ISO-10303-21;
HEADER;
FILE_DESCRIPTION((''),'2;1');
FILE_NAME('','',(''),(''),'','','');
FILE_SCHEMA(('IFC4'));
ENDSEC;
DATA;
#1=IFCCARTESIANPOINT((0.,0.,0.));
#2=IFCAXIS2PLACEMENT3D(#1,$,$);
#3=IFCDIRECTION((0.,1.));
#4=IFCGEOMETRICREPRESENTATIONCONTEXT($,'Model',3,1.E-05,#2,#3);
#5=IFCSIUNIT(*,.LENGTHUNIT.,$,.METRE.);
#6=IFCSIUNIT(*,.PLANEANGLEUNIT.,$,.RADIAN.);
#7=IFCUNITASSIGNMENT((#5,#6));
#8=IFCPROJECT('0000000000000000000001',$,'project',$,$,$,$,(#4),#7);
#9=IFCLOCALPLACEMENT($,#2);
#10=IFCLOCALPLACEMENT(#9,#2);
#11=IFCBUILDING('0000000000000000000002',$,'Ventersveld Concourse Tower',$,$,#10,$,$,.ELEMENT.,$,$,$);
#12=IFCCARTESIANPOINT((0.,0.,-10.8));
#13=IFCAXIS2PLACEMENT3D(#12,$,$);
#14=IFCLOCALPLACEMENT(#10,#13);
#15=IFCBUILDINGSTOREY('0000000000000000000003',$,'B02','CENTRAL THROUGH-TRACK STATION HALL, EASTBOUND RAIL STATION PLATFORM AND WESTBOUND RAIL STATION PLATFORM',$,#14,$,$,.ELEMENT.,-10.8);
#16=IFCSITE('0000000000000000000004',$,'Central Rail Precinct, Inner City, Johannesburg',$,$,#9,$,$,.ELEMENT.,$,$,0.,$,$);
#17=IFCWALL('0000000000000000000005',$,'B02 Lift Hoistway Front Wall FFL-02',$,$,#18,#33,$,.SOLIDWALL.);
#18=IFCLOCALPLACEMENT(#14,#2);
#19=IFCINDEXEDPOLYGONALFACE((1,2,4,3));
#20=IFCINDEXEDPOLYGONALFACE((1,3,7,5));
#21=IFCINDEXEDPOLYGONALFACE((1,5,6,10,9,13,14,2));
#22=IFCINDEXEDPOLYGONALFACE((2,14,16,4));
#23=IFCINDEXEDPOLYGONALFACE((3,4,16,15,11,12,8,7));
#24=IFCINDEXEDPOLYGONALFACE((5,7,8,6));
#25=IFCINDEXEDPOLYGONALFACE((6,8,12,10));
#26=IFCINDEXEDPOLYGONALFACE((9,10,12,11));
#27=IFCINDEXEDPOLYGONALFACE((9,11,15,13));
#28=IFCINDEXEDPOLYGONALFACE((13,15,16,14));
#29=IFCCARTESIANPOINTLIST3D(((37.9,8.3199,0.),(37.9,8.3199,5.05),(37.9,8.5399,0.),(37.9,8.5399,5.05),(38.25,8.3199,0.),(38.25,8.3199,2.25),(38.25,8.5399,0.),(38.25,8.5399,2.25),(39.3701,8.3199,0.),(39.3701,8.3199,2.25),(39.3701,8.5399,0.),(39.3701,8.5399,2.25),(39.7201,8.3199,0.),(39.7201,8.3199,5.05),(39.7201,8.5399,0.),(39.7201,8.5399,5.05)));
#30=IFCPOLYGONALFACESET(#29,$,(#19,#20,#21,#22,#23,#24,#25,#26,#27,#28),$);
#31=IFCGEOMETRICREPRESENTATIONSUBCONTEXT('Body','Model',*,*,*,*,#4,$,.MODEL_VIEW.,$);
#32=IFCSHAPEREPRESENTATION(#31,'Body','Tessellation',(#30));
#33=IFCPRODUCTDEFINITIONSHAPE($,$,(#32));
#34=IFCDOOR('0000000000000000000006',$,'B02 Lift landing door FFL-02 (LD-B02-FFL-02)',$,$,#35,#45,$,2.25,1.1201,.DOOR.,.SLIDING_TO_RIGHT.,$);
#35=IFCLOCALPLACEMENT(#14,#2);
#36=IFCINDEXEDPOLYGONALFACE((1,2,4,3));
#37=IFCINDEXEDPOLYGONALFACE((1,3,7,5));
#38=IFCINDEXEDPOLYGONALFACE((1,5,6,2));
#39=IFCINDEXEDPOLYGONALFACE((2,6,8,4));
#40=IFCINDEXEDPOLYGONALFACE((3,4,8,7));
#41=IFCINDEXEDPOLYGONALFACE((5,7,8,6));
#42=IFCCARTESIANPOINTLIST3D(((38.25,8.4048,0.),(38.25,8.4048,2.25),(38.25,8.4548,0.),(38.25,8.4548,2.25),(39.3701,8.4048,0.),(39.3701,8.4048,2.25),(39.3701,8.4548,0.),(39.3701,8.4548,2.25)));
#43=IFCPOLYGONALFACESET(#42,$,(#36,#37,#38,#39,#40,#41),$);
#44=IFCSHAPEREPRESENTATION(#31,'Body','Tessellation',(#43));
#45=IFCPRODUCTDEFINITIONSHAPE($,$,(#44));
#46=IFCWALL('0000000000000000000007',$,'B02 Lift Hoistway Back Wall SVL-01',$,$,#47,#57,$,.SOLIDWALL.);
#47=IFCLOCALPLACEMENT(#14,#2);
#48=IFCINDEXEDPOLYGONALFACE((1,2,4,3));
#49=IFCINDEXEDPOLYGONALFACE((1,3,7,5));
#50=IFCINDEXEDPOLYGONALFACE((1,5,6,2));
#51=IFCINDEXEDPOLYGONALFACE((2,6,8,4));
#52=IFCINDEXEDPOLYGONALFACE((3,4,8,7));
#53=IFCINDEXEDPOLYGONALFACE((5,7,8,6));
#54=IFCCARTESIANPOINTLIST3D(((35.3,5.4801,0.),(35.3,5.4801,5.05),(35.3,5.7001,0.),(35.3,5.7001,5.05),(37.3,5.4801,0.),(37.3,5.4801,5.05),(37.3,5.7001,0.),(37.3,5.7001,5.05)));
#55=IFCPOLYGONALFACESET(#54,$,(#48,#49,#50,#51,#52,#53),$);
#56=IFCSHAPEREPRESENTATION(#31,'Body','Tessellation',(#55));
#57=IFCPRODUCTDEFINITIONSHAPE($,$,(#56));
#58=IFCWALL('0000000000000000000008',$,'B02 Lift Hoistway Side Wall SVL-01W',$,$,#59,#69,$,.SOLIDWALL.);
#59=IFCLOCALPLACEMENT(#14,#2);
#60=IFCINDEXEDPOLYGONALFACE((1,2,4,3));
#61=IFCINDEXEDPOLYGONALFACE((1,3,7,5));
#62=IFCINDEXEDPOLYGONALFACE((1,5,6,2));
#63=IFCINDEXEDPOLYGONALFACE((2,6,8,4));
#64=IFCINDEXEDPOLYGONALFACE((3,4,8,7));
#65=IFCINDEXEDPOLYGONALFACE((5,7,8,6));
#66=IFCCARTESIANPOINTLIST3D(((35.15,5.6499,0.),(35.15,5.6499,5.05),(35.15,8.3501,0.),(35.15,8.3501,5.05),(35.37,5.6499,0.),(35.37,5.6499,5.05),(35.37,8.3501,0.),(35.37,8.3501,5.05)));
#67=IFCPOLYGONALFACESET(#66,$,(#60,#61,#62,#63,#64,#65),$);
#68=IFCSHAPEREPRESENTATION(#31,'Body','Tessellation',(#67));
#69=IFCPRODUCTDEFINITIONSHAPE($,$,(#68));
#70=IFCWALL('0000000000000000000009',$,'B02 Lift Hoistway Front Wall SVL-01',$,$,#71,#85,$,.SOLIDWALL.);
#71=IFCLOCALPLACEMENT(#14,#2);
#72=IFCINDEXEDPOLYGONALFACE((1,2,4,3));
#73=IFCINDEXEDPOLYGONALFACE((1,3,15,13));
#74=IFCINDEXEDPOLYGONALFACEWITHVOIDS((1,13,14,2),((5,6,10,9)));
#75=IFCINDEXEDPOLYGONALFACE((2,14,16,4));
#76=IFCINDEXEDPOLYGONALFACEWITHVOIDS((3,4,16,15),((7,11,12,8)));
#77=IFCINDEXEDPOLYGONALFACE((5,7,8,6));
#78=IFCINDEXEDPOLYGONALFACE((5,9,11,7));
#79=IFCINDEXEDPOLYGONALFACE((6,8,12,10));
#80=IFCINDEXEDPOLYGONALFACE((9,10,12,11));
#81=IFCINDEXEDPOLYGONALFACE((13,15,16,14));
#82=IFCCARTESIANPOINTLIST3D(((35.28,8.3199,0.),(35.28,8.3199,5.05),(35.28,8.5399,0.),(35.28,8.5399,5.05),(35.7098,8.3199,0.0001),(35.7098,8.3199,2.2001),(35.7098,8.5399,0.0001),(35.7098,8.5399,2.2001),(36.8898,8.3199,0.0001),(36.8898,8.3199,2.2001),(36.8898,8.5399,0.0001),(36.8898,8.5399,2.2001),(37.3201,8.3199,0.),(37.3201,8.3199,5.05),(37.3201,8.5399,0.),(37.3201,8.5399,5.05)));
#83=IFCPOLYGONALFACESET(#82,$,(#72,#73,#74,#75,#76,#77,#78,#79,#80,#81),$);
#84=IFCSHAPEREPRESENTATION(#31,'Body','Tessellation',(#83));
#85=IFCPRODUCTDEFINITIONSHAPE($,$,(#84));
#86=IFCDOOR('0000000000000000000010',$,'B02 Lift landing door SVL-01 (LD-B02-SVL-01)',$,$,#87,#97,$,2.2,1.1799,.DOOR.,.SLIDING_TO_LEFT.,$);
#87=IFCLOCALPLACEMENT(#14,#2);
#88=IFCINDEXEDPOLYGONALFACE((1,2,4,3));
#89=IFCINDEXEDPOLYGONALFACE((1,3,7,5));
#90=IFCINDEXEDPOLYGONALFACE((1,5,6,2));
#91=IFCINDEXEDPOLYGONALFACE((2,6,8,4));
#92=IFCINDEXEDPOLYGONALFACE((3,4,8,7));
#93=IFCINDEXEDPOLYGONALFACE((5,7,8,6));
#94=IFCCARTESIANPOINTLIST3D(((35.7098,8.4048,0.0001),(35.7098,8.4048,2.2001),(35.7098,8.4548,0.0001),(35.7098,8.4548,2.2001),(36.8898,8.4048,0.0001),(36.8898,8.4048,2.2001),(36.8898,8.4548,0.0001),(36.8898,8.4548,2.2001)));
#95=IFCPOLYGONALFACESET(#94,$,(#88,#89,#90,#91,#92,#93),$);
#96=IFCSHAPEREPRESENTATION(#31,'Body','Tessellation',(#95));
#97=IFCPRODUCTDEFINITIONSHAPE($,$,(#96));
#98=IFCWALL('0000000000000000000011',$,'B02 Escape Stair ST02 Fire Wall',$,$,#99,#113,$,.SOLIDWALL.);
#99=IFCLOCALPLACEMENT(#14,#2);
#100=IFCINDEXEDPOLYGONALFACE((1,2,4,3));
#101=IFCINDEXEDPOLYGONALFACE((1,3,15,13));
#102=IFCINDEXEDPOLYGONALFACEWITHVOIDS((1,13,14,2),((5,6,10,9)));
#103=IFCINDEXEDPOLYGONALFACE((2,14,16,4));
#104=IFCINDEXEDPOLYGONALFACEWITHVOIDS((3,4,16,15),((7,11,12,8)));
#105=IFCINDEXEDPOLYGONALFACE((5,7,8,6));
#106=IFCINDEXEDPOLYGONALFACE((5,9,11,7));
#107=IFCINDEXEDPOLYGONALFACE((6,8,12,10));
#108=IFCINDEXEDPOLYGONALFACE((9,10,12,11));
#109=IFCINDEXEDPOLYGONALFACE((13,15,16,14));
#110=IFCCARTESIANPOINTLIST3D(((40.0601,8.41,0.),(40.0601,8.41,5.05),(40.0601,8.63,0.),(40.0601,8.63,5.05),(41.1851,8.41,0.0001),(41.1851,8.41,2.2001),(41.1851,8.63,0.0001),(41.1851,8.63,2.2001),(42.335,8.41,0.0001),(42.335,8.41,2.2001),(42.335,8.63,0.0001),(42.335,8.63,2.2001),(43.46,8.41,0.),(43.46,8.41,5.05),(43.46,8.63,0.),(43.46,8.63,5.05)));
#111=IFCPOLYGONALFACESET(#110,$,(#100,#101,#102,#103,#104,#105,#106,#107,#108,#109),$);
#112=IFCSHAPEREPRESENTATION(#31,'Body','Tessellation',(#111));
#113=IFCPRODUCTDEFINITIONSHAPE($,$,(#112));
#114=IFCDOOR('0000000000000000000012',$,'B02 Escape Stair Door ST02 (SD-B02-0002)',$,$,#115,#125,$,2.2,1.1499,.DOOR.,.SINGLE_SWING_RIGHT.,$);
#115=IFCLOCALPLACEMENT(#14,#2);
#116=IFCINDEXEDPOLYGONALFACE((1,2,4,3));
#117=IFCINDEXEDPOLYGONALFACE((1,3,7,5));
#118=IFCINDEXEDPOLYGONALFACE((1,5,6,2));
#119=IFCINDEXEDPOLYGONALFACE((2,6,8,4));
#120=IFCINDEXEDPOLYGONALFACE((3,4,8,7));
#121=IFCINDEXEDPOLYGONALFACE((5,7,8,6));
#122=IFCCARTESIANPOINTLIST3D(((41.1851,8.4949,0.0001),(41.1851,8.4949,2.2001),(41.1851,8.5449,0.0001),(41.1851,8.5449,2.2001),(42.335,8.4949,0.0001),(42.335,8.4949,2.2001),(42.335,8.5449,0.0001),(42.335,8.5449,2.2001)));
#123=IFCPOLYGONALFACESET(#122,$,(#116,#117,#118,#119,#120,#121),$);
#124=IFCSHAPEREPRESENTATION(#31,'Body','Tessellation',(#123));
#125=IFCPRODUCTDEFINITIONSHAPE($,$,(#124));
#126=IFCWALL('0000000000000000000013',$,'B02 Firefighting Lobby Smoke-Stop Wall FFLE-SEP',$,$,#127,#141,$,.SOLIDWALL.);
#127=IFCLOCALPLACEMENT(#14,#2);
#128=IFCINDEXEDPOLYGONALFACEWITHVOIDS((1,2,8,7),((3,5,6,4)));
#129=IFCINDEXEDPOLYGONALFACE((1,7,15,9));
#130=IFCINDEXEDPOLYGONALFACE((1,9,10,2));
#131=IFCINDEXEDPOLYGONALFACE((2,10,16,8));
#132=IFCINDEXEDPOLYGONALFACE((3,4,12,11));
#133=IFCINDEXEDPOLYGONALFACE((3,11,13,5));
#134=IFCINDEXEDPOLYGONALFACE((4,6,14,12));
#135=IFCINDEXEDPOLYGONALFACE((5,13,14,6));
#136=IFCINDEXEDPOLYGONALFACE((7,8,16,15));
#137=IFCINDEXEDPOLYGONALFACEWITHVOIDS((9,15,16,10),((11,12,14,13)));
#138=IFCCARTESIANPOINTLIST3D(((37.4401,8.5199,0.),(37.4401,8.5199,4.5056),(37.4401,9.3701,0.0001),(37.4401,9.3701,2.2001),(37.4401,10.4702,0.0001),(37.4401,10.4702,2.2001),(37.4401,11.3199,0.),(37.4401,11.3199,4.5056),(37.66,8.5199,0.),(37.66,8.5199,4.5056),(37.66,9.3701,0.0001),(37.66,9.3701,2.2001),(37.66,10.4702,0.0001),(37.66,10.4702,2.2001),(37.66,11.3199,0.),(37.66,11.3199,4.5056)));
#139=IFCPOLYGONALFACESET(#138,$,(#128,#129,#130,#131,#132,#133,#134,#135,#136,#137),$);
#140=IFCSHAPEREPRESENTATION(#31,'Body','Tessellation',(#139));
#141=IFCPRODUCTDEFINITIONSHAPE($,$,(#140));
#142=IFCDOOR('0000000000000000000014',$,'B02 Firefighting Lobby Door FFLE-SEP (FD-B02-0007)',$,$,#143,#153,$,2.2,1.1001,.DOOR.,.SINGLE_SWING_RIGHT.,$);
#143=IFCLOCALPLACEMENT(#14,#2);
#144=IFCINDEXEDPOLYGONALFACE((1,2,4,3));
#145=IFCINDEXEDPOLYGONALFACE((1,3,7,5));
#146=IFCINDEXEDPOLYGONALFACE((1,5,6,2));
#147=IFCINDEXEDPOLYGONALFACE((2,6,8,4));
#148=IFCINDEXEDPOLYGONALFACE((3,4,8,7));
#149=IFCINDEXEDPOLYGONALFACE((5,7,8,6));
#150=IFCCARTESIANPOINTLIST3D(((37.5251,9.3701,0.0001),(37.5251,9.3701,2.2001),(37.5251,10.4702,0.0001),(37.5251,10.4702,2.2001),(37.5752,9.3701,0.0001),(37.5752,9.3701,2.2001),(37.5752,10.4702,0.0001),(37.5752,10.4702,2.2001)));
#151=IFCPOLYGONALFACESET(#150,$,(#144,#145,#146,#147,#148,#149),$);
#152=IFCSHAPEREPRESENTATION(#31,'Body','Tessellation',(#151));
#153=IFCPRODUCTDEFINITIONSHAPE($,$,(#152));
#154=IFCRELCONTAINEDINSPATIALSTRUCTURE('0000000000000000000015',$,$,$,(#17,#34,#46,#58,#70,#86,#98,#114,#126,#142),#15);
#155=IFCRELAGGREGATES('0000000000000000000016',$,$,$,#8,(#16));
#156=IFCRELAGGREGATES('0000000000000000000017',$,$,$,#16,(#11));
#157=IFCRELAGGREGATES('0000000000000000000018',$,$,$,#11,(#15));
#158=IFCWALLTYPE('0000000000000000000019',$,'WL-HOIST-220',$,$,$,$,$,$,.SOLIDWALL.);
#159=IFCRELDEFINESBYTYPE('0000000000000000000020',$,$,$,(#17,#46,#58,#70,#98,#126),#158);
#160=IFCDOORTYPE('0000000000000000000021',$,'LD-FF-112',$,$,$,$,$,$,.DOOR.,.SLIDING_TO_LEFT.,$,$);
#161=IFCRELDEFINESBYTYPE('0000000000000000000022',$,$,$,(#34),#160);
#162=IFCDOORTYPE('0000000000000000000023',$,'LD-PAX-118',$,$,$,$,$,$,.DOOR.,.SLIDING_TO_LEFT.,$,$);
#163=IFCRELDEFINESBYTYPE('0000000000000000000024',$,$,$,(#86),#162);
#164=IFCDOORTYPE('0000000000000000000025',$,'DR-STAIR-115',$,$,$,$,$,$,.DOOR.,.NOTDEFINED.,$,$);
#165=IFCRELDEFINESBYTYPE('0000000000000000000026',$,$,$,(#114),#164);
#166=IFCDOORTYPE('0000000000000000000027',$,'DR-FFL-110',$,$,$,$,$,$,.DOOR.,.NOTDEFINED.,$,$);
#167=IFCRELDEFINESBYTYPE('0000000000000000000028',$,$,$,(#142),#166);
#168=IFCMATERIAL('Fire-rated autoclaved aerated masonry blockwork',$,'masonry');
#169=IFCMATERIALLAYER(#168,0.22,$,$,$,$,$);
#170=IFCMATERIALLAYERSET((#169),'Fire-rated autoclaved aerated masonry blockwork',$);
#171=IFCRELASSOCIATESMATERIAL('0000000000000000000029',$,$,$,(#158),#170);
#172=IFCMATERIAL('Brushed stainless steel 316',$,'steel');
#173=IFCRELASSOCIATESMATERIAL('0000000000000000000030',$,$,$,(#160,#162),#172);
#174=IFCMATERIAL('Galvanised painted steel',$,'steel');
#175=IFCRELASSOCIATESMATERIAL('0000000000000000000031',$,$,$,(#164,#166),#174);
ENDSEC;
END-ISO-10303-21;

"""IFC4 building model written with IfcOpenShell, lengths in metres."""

from ifc_helpers import new_model, si_unit, direction, frame, frame_2d, origin, place, context, subcontext, project, spatial, rectangle, extrude, material, layer, layer_set, type_object, element, fill, save


model = new_model("IFC4")

# Units and contexts
model_context = context("Model", 3, precision=1e-05, world=origin(), true_north=direction((0.0, 1.0)))
body_context = subcontext(model_context, "Body", "Model", "MODEL_VIEW")
ifc_project = project(units=[si_unit("LENGTHUNIT", "METRE"), si_unit("PLANEANGLEUNIT", "RADIAN")], contexts=[model_context])

# Site, building, storey
site_placement = place(None, origin())
site = spatial("IfcSite", under=ifc_project, at=site_placement, Name="Central Rail Precinct, Inner City, Johannesburg", CompositionType="ELEMENT", RefElevation=0.0)
building_placement = place(site_placement, origin())
building = spatial("IfcBuilding", under=site, at=building_placement, Name="Ventersveld Concourse Tower", CompositionType="ELEMENT")
storey_placement = place(building_placement, frame((0.0, 0.0, -10.8)))
storey = spatial("IfcBuildingStorey", under=building, at=storey_placement, Name="B02", Description="CENTRAL THROUGH-TRACK STATION HALL, EASTBOUND RAIL STATION PLATFORM AND WESTBOUND RAIL STATION PLATFORM", CompositionType="ELEMENT", Elevation=-10.8)

# Shared definitions
ifc_material_1 = material(Name="Fire-rated autoclaved aerated masonry blockwork", Category="masonry")
ifc_layer_1 = layer(ifc_material_1, 0.22)
ifc_layer_set_1 = layer_set([ifc_layer_1], Name="Fire-rated autoclaved aerated masonry blockwork")
wall_type_1 = type_object("IfcWallType", Name="WL-HOIST-220", PredefinedType="SOLIDWALL", material=ifc_layer_set_1)

# Wall, opening, door
wall_1_placement = place(storey_placement, frame((37.8999, 8.4299, 0.0), z_axis=(0.0, 0.0, 1.0), x_axis=(1.0, 0.0, 0.0)))
wall_1 = element("IfcWall", 1, at=wall_1_placement, inside=storey, type_object=wall_type_1, Name="B02 Lift Hoistway Front Wall FFL-02", PredefinedType="SOLIDWALL", context=body_context, shape_type="SweptSolid", body=[
    extrude(rectangle(XDim=1.8201, YDim=0.22, at=frame_2d((0.9102, 0.0))), origin(), (0.0, 0.0, 1.0), 5.05),
])
opening_1_placement = place(wall_1_placement, frame((0.3501, 0.0, 0.0)))
opening_1 = element("IfcOpeningElement", 2, at=opening_1_placement, cuts=wall_1, PredefinedType="OPENING", context=body_context, shape_type="SweptSolid", body=[
    extrude(rectangle(XDim=1.1201, YDim=2.25, at=frame_2d((0.5601, 1.125))), frame((0.0, 0.1201, 0.0), z_axis=(0.0, -1.0, 0.0), x_axis=(1.0, 0.0, 0.0)), (0.0, 0.0, 1.0), 0.24),
])
ifc_material_2 = material(Name="Brushed stainless steel 316", Category="steel")
door_type_1 = type_object("IfcDoorType", Name="LD-FF-112", OperationType="SLIDING_TO_LEFT", PredefinedType="DOOR", material=ifc_material_2)
door_1_placement = place(opening_1_placement, origin())
door_1 = element("IfcDoor", 3, at=door_1_placement, inside=storey, type_object=door_type_1, Name="B02 Lift landing door FFL-02 (LD-B02-FFL-02)", OperationType="SLIDING_TO_RIGHT", OverallHeight=2.25, OverallWidth=1.1201, PredefinedType="DOOR", context=body_context, shape_type="SweptSolid", body=[
    extrude(rectangle(XDim=1.1201, YDim=2.25, at=frame_2d((0.5601, 1.125))), frame((0.0, 0.0249, 0.0), z_axis=(0.0, -1.0, 0.0), x_axis=(1.0, 0.0, 0.0)), (0.0, 0.0, 1.0), 0.05),
])
fill(opening_1, door_1)

# Walls
wall_2_placement = place(storey_placement, frame((35.3, 5.5901, 0.0), z_axis=(0.0, 0.0, 1.0), x_axis=(1.0, 0.0, 0.0)))
element("IfcWall", 4, at=wall_2_placement, inside=storey, type_object=wall_type_1, Name="B02 Lift Hoistway Back Wall SVL-01", PredefinedType="SOLIDWALL", context=body_context, shape_type="SweptSolid", body=[
    extrude(rectangle(XDim=2.0, YDim=0.22, at=frame_2d((1.0, 0.0))), origin(), (0.0, 0.0, 1.0), 5.05),
])
wall_3_placement = place(storey_placement, frame((35.26, 5.6499, 0.0), z_axis=(0.0, 0.0, 1.0), x_axis=(0.0, 1.0, 0.0)))
element("IfcWall", 5, at=wall_3_placement, inside=storey, type_object=wall_type_1, Name="B02 Lift Hoistway Side Wall SVL-01W", PredefinedType="SOLIDWALL", context=body_context, shape_type="SweptSolid", body=[
    extrude(rectangle(XDim=2.7002, YDim=0.22, at=frame_2d((1.3501, 0.0))), origin(), (0.0, 0.0, 1.0), 5.05),
])

# Walls, openings, doors
wall_4_placement = place(storey_placement, frame((35.28, 8.4299, 0.0), z_axis=(0.0, 0.0, 1.0), x_axis=(1.0, 0.0, 0.0)))
wall_4 = element("IfcWall", 6, at=wall_4_placement, inside=storey, type_object=wall_type_1, Name="B02 Lift Hoistway Front Wall SVL-01", PredefinedType="SOLIDWALL", context=body_context, shape_type="SweptSolid", body=[
    extrude(rectangle(XDim=2.04, YDim=0.22, at=frame_2d((1.02, 0.0))), origin(), (0.0, 0.0, 1.0), 5.05),
])
opening_2_placement = place(wall_4_placement, frame((0.4299, 0.0, 0.0)))
opening_2 = element("IfcOpeningElement", 7, at=opening_2_placement, cuts=wall_4, PredefinedType="OPENING", context=body_context, shape_type="SweptSolid", body=[
    extrude(rectangle(XDim=1.1799, YDim=2.2, at=frame_2d((0.5898, 1.1001))), frame((0.0, 0.1201, 0.0), z_axis=(0.0, -1.0, 0.0), x_axis=(1.0, 0.0, 0.0)), (0.0, 0.0, 1.0), 0.24),
])
door_type_2 = type_object("IfcDoorType", Name="LD-PAX-118", OperationType="SLIDING_TO_LEFT", PredefinedType="DOOR", material=ifc_material_2)
door_2_placement = place(opening_2_placement, origin())
door_2 = element("IfcDoor", 8, at=door_2_placement, inside=storey, type_object=door_type_2, Name="B02 Lift landing door SVL-01 (LD-B02-SVL-01)", OperationType="SLIDING_TO_LEFT", OverallHeight=2.2, OverallWidth=1.1799, PredefinedType="DOOR", context=body_context, shape_type="SweptSolid", body=[
    extrude(rectangle(XDim=1.1799, YDim=2.2, at=frame_2d((0.5898, 1.1001))), frame((0.0, 0.0249, 0.0), z_axis=(0.0, -1.0, 0.0), x_axis=(1.0, 0.0, 0.0)), (0.0, 0.0, 1.0), 0.05),
])
fill(opening_2, door_2)
wall_5_placement = place(storey_placement, frame((40.0601, 8.52, 0.0), z_axis=(0.0, 0.0, 1.0), x_axis=(1.0, 0.0, 0.0)))
wall_5 = element("IfcWall", 9, at=wall_5_placement, inside=storey, type_object=wall_type_1, Name="B02 Escape Stair ST02 Fire Wall", PredefinedType="SOLIDWALL", context=body_context, shape_type="SweptSolid", body=[
    extrude(rectangle(XDim=3.3999, YDim=0.22, at=frame_2d((1.7, 0.0))), origin(), (0.0, 0.0, 1.0), 5.05),
])
opening_3_placement = place(wall_5_placement, frame((1.125, 0.0, 0.0)))
opening_3 = element("IfcOpeningElement", 10, at=opening_3_placement, cuts=wall_5, PredefinedType="OPENING", context=body_context, shape_type="SweptSolid", body=[
    extrude(rectangle(XDim=1.1499, YDim=2.2, at=frame_2d((0.575, 1.1001))), frame((0.0, 0.1201, 0.0), z_axis=(0.0, -1.0, 0.0), x_axis=(1.0, 0.0, 0.0)), (0.0, 0.0, 1.0), 0.24),
])
ifc_material_3 = material(Name="Galvanised painted steel", Category="steel")
door_type_3 = type_object("IfcDoorType", Name="DR-STAIR-115", OperationType="NOTDEFINED", PredefinedType="DOOR", material=ifc_material_3)
door_3_placement = place(opening_3_placement, origin())
door_3 = element("IfcDoor", 11, at=door_3_placement, inside=storey, type_object=door_type_3, Name="B02 Escape Stair Door ST02 (SD-B02-0002)", OperationType="SINGLE_SWING_RIGHT", OverallHeight=2.2, OverallWidth=1.1499, PredefinedType="DOOR", context=body_context, shape_type="SweptSolid", body=[
    extrude(rectangle(XDim=1.1499, YDim=2.2, at=frame_2d((0.575, 1.1001))), frame((0.0, 0.0249, 0.0), z_axis=(0.0, -1.0, 0.0), x_axis=(1.0, 0.0, 0.0)), (0.0, 0.0, 1.0), 0.05),
])
fill(opening_3, door_3)
wall_6_placement = place(storey_placement, frame((37.55, 8.52, 0.0), z_axis=(0.0, 0.0, 1.0), x_axis=(0.0, 1.0, 0.0)))
wall_6 = element("IfcWall", 12, at=wall_6_placement, inside=storey, type_object=wall_type_1, Name="B02 Firefighting Lobby Smoke-Stop Wall FFLE-SEP", PredefinedType="SOLIDWALL", context=body_context, shape_type="SweptSolid", body=[
    extrude(rectangle(XDim=2.8, YDim=0.22, at=frame_2d((1.3999, 0.0))), origin(), (0.0, 0.0, 1.0), 4.5056),
])
opening_4_placement = place(wall_6_placement, frame((0.8501, 0.0, 0.0)))
opening_4 = element("IfcOpeningElement", 13, at=opening_4_placement, cuts=wall_6, PredefinedType="OPENING", context=body_context, shape_type="SweptSolid", body=[
    extrude(rectangle(XDim=1.1001, YDim=2.2, at=frame_2d((0.55, 1.1001))), frame((0.0, 0.1201, 0.0), z_axis=(0.0, -1.0, 0.0), x_axis=(1.0, 0.0, 0.0)), (0.0, 0.0, 1.0), 0.24),
])
door_type_4 = type_object("IfcDoorType", Name="DR-FFL-110", OperationType="NOTDEFINED", PredefinedType="DOOR", material=ifc_material_3)
door_4_placement = place(opening_4_placement, origin())
door_4 = element("IfcDoor", 14, at=door_4_placement, inside=storey, type_object=door_type_4, Name="B02 Firefighting Lobby Door FFLE-SEP (FD-B02-0007)", OperationType="SINGLE_SWING_RIGHT", OverallHeight=2.2, OverallWidth=1.1001, PredefinedType="DOOR", context=body_context, shape_type="SweptSolid", body=[
    extrude(rectangle(XDim=1.1001, YDim=2.2, at=frame_2d((0.55, 1.1001))), frame((0.0, 0.0249, 0.0), z_axis=(0.0, -1.0, 0.0), x_axis=(1.0, 0.0, 0.0)), (0.0, 0.0, 1.0), 0.05),
])
fill(opening_4, door_4)

save(model, "model.ifc")
